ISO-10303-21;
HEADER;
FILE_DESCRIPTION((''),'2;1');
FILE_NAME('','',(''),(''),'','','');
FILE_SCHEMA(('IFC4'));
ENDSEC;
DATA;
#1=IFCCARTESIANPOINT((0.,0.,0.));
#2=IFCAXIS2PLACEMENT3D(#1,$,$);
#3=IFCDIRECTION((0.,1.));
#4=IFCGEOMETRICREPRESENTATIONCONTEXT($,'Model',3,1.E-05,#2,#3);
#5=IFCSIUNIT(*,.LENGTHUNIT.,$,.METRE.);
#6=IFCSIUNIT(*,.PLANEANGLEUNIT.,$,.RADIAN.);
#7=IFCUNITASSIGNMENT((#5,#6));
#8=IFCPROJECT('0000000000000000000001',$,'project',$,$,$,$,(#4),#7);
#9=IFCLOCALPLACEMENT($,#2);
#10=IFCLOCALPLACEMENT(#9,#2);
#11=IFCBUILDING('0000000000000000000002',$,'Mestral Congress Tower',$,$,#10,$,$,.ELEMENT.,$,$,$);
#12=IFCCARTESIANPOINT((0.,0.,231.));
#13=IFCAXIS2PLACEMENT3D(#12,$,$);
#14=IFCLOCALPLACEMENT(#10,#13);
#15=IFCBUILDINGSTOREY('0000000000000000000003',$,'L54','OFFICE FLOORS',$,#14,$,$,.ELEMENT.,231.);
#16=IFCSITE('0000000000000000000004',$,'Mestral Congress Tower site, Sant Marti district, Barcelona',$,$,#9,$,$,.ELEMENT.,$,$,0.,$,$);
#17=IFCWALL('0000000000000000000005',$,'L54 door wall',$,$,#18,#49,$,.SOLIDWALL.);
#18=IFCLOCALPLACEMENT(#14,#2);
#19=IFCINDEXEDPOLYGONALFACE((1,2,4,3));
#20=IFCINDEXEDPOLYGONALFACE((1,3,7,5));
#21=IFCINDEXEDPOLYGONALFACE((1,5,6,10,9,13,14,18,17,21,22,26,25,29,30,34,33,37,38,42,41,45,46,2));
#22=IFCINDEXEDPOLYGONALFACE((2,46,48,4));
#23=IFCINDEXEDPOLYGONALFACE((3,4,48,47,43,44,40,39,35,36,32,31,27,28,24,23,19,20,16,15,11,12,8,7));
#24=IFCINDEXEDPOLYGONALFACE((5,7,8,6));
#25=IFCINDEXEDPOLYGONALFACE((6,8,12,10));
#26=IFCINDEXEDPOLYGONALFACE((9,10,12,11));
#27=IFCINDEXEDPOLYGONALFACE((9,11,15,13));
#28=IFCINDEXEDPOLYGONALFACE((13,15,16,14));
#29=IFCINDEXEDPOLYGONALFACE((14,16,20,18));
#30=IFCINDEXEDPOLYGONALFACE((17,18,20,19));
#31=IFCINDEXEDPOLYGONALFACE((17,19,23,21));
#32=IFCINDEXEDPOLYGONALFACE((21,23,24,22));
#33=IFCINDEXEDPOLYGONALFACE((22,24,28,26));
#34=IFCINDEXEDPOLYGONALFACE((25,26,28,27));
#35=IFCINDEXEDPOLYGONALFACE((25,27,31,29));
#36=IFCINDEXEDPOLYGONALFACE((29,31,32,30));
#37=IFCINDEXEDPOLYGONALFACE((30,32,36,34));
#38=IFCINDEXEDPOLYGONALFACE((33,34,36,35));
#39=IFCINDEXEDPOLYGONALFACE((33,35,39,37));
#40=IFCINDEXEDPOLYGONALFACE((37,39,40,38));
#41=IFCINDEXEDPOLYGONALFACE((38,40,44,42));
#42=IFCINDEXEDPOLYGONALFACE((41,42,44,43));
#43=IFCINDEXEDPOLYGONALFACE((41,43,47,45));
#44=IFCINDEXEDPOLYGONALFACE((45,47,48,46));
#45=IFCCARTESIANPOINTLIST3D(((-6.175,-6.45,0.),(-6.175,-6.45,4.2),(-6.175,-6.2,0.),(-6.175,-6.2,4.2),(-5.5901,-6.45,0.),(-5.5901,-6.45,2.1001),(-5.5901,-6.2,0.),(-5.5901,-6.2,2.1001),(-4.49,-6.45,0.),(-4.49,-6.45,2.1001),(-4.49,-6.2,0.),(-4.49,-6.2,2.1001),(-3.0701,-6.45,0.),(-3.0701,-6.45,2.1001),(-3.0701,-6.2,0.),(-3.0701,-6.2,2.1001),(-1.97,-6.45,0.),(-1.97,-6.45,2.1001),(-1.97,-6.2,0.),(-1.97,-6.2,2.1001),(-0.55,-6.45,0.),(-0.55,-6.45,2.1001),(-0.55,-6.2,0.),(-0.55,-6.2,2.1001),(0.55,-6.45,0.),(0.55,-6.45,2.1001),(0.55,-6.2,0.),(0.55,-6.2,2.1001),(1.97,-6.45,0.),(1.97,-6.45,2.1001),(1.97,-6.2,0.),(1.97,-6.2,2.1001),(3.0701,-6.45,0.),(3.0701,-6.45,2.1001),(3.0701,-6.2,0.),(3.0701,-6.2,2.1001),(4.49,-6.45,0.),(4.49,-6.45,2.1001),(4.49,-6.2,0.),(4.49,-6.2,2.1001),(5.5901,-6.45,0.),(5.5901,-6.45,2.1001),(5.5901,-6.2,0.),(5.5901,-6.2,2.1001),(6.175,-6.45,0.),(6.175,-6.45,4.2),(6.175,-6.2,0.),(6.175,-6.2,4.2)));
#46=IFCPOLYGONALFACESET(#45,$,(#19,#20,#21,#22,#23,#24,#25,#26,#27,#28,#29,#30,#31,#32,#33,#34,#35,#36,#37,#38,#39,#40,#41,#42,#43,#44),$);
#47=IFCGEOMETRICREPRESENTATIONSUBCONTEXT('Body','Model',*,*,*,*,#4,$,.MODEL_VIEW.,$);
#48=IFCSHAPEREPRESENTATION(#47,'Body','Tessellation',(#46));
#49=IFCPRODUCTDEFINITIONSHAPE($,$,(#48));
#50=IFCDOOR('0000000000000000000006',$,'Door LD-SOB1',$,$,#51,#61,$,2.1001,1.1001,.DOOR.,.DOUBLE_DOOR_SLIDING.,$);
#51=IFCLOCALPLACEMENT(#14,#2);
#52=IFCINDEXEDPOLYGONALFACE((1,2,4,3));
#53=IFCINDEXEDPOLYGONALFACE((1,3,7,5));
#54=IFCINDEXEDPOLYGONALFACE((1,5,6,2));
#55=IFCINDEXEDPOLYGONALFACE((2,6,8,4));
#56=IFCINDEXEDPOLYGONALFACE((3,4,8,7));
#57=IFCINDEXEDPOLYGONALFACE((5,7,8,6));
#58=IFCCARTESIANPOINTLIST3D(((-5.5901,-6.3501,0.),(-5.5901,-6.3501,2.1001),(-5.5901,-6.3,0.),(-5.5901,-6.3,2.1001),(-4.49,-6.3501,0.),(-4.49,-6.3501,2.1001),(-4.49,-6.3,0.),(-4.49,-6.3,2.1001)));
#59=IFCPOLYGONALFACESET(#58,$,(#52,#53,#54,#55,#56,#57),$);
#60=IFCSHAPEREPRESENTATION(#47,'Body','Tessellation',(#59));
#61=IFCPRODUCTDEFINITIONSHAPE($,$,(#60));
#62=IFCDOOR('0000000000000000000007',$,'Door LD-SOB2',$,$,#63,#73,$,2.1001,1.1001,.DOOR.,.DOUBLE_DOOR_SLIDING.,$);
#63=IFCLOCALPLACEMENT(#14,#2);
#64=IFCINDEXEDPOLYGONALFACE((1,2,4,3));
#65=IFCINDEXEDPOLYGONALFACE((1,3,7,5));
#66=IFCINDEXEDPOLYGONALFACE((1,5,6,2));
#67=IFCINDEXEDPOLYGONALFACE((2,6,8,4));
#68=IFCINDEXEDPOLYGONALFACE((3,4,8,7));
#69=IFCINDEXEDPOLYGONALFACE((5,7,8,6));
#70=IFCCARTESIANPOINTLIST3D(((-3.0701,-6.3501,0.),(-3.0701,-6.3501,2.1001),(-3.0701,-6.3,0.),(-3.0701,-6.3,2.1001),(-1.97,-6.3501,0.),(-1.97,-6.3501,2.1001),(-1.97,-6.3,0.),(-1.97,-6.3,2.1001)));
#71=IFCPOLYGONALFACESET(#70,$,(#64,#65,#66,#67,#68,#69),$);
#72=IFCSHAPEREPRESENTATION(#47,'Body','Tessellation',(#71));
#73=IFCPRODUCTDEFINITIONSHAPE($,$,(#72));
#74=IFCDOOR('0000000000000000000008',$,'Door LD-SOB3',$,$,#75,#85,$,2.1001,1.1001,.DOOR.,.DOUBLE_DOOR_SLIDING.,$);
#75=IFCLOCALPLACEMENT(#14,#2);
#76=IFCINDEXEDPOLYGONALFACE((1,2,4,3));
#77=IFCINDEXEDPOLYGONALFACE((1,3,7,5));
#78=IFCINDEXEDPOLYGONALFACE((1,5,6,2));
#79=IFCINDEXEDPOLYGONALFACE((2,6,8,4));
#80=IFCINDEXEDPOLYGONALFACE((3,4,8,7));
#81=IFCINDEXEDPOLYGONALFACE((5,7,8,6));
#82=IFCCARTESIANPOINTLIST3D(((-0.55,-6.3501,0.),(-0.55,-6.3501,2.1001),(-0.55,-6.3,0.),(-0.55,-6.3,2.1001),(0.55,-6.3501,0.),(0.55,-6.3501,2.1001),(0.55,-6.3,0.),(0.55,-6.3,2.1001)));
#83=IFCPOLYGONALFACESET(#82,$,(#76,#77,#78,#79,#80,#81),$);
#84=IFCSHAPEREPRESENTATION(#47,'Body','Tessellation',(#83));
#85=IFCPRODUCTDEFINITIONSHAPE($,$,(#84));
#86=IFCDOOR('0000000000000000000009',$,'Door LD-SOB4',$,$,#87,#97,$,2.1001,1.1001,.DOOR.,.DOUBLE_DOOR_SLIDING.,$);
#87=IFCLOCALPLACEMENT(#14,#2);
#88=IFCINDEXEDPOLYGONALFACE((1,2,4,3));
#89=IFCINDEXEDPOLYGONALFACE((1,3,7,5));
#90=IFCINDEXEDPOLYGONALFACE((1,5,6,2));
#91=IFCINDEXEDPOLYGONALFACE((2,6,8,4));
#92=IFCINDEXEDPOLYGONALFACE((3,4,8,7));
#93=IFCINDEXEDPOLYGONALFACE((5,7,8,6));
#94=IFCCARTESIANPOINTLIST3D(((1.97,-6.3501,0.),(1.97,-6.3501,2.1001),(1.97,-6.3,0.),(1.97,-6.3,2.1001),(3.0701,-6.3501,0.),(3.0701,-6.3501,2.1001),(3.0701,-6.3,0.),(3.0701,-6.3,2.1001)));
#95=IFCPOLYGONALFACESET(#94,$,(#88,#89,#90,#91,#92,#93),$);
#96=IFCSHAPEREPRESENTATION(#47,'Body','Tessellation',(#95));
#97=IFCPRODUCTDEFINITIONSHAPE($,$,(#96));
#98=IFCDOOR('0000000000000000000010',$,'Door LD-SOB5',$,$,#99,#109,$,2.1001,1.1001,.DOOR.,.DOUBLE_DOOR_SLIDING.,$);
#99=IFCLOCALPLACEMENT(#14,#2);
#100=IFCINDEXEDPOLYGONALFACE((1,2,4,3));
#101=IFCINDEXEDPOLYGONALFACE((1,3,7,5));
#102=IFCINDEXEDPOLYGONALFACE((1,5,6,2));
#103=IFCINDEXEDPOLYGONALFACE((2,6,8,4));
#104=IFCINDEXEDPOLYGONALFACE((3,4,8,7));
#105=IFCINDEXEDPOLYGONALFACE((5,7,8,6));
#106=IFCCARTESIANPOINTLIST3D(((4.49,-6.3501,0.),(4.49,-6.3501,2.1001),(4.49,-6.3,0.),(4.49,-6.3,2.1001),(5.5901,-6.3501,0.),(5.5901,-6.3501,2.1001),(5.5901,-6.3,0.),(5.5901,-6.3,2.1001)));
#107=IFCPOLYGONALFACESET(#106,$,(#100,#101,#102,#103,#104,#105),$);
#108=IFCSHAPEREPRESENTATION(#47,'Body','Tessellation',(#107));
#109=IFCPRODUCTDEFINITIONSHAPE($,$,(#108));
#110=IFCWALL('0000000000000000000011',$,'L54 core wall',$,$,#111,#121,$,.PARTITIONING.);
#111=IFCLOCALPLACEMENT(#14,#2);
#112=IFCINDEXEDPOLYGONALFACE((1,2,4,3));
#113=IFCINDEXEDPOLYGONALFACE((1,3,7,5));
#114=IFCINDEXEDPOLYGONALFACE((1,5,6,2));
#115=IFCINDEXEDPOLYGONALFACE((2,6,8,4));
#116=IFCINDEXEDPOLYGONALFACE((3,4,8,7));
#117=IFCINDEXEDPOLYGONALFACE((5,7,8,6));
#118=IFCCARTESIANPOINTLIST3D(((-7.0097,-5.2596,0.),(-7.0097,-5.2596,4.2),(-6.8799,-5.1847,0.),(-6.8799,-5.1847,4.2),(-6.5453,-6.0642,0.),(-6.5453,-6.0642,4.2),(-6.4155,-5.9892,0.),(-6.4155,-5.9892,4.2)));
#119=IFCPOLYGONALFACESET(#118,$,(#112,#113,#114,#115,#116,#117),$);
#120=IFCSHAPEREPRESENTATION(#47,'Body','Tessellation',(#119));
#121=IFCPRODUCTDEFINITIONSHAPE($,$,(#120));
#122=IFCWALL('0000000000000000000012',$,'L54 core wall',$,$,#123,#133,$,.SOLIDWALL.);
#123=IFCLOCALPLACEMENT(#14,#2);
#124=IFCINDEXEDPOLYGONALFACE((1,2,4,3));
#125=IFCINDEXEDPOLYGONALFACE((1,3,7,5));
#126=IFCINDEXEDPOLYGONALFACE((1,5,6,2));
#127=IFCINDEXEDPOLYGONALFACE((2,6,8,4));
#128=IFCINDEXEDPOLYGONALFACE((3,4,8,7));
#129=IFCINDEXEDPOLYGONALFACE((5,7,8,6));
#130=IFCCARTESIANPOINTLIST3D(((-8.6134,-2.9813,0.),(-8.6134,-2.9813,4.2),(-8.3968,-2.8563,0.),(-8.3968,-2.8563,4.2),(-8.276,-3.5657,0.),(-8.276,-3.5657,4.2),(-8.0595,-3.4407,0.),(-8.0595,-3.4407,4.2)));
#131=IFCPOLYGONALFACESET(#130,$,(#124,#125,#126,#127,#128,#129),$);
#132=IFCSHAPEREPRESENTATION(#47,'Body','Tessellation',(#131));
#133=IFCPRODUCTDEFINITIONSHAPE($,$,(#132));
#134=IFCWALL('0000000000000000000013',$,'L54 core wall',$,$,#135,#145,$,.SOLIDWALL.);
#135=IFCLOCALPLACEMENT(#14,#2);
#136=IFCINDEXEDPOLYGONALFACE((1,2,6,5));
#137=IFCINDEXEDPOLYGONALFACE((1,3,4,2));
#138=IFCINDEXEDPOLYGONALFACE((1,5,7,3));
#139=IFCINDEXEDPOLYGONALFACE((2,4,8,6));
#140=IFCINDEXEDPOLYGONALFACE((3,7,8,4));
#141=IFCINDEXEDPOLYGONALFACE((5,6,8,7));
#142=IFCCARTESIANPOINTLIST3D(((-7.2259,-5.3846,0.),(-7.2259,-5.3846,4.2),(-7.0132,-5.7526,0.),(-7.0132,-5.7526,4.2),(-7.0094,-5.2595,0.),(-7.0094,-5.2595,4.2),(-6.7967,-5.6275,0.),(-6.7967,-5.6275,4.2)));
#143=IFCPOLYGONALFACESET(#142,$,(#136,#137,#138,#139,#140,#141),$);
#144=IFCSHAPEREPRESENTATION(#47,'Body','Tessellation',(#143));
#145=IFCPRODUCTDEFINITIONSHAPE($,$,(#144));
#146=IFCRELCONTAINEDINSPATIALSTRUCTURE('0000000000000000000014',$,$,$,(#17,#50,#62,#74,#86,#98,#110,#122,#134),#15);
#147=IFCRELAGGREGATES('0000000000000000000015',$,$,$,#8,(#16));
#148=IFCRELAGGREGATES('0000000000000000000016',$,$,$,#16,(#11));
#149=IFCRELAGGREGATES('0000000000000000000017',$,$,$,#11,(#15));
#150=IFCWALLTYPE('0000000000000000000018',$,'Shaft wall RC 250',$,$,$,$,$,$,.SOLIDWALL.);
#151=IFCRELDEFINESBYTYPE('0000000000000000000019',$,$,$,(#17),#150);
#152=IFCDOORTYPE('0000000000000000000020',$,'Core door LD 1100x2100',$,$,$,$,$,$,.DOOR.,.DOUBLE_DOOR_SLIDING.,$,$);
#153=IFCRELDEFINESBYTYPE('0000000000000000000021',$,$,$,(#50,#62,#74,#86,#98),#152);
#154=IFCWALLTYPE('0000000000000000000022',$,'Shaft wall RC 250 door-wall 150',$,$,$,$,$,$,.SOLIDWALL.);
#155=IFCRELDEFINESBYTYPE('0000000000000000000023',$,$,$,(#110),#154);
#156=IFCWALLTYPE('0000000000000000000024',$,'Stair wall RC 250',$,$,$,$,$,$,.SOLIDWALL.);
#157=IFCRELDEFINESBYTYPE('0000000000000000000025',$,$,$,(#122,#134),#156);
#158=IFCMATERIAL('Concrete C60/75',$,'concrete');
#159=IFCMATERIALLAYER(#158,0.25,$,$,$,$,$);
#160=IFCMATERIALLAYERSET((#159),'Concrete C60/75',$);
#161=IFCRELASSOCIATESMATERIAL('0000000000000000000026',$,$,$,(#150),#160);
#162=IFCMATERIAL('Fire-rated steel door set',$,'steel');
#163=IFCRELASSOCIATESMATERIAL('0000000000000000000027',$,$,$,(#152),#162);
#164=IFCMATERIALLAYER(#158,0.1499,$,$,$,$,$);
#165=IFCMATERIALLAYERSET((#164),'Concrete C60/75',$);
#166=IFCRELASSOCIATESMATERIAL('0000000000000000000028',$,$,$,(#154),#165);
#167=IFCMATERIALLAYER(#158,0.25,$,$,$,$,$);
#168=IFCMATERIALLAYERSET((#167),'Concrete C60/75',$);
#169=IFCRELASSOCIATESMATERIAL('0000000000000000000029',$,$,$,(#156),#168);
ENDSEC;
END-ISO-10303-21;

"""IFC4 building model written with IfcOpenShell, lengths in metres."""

from ifc_helpers import new_model, si_unit, direction, frame, frame_2d, origin, place, context, subcontext, project, spatial, rectangle, extrude, material, layer, layer_set, type_object, element, fill, save


model = new_model("IFC4")

# Units and contexts
model_context = context("Model", 3, precision=1e-05, world=origin(), true_north=direction((0.0, 1.0)))
body_context = subcontext(model_context, "Body", "Model", "MODEL_VIEW")
ifc_project = project(units=[si_unit("LENGTHUNIT", "METRE"), si_unit("PLANEANGLEUNIT", "RADIAN")], contexts=[model_context])

# Site, building, storey
site_placement = place(None, origin())
site = spatial("IfcSite", under=ifc_project, at=site_placement, Name="Mestral Congress Tower site, Sant Marti district, Barcelona", CompositionType="ELEMENT", RefElevation=0.0)
building_placement = place(site_placement, origin())
building = spatial("IfcBuilding", under=site, at=building_placement, Name="Mestral Congress Tower", CompositionType="ELEMENT")
storey_placement = place(building_placement, frame((0.0, 0.0, 231.0)))
storey = spatial("IfcBuildingStorey", under=building, at=storey_placement, Name="L54", Description="OFFICE FLOORS", CompositionType="ELEMENT", Elevation=231.0)

# Shared definitions
ifc_material_1 = material(Name="Fire-rated steel door set", Category="steel")

# Shared definitions
ifc_material_2 = material(Name="Concrete C60/75", Category="concrete")
ifc_layer_1 = layer(ifc_material_2, 0.25)
ifc_layer_set_1 = layer_set([ifc_layer_1], Name="Concrete C60/75")
wall_type_1 = type_object("IfcWallType", Name="Shaft wall RC 250", PredefinedType="SOLIDWALL", material=ifc_layer_set_1)

# Wall, openings, doors
wall_1_placement = place(storey_placement, frame((-6.175, -6.325, 0.0), z_axis=(0.0, 0.0, 1.0), x_axis=(1.0, 0.0, 0.0)))
wall_1 = element("IfcWall", 1, at=wall_1_placement, inside=storey, type_object=wall_type_1, Name="L54 door wall", PredefinedType="SOLIDWALL", context=body_context, shape_type="SweptSolid", body=[
    extrude(rectangle(XDim=12.3501, YDim=0.25, at=frame_2d((6.175, 0.0))), origin(), (0.0, 0.0, 1.0), 4.2),
])
opening_1_placement = place(wall_1_placement, frame((0.585, 0.0, 0.0)))
opening_1 = element("IfcOpeningElement", 2, at=opening_1_placement, cuts=wall_1, PredefinedType="OPENING", context=body_context, shape_type="SweptSolid", body=[
    extrude(rectangle(XDim=1.1001, YDim=2.1001, at=frame_2d((0.55, 1.05))), frame((0.0, 0.135, 0.0), z_axis=(0.0, -1.0, 0.0), x_axis=(1.0, 0.0, 0.0)), (0.0, 0.0, 1.0), 0.27),
])
opening_2_placement = place(wall_1_placement, frame((3.105, 0.0, 0.0)))
opening_2 = element("IfcOpeningElement", 3, at=opening_2_placement, cuts=wall_1, PredefinedType="OPENING", context=body_context, shape_type="SweptSolid", body=[
    extrude(rectangle(XDim=1.1001, YDim=2.1001, at=frame_2d((0.55, 1.05))), frame((0.0, 0.135, 0.0), z_axis=(0.0, -1.0, 0.0), x_axis=(1.0, 0.0, 0.0)), (0.0, 0.0, 1.0), 0.27),
])
opening_3_placement = place(wall_1_placement, frame((5.625, 0.0, 0.0)))
opening_3 = element("IfcOpeningElement", 4, at=opening_3_placement, cuts=wall_1, PredefinedType="OPENING", context=body_context, shape_type="SweptSolid", body=[
    extrude(rectangle(XDim=1.1001, YDim=2.1001, at=frame_2d((0.55, 1.05))), frame((0.0, 0.135, 0.0), z_axis=(0.0, -1.0, 0.0), x_axis=(1.0, 0.0, 0.0)), (0.0, 0.0, 1.0), 0.27),
])
opening_4_placement = place(wall_1_placement, frame((8.145, 0.0, 0.0)))
opening_4 = element("IfcOpeningElement", 5, at=opening_4_placement, cuts=wall_1, PredefinedType="OPENING", context=body_context, shape_type="SweptSolid", body=[
    extrude(rectangle(XDim=1.1001, YDim=2.1001, at=frame_2d((0.55, 1.05))), frame((0.0, 0.135, 0.0), z_axis=(0.0, -1.0, 0.0), x_axis=(1.0, 0.0, 0.0)), (0.0, 0.0, 1.0), 0.27),
])
opening_5_placement = place(wall_1_placement, frame((10.665, 0.0, 0.0)))
opening_5 = element("IfcOpeningElement", 6, at=opening_5_placement, cuts=wall_1, PredefinedType="OPENING", context=body_context, shape_type="SweptSolid", body=[
    extrude(rectangle(XDim=1.1001, YDim=2.1001, at=frame_2d((0.55, 1.05))), frame((0.0, 0.135, 0.0), z_axis=(0.0, -1.0, 0.0), x_axis=(1.0, 0.0, 0.0)), (0.0, 0.0, 1.0), 0.27),
])
door_type_1 = type_object("IfcDoorType", Name="Core door LD 1100x2100", OperationType="DOUBLE_DOOR_SLIDING", PredefinedType="DOOR", material=ifc_material_1)
door_1_placement = place(opening_1_placement, origin())
door_1 = element("IfcDoor", 7, at=door_1_placement, inside=storey, type_object=door_type_1, Name="Door LD-SOB1", OperationType="DOUBLE_DOOR_SLIDING", OverallHeight=2.1001, OverallWidth=1.1001, PredefinedType="DOOR", context=body_context, shape_type="SweptSolid", body=[
    extrude(rectangle(XDim=1.1001, YDim=2.1001, at=frame_2d((0.55, 1.05))), frame((0.0, 0.0249, 0.0), z_axis=(0.0, -1.0, 0.0), x_axis=(1.0, 0.0, 0.0)), (0.0, 0.0, 1.0), 0.05),
])
fill(opening_1, door_1)
door_2_placement = place(opening_2_placement, origin())
door_2 = element("IfcDoor", 8, at=door_2_placement, inside=storey, type_object=door_type_1, Name="Door LD-SOB2", OperationType="DOUBLE_DOOR_SLIDING", OverallHeight=2.1001, OverallWidth=1.1001, PredefinedType="DOOR", context=body_context, shape_type="SweptSolid", body=[
    extrude(rectangle(XDim=1.1001, YDim=2.1001, at=frame_2d((0.55, 1.05))), frame((0.0, 0.0249, 0.0), z_axis=(0.0, -1.0, 0.0), x_axis=(1.0, 0.0, 0.0)), (0.0, 0.0, 1.0), 0.05),
])
fill(opening_2, door_2)
door_3_placement = place(opening_3_placement, origin())
door_3 = element("IfcDoor", 9, at=door_3_placement, inside=storey, type_object=door_type_1, Name="Door LD-SOB3", OperationType="DOUBLE_DOOR_SLIDING", OverallHeight=2.1001, OverallWidth=1.1001, PredefinedType="DOOR", context=body_context, shape_type="SweptSolid", body=[
    extrude(rectangle(XDim=1.1001, YDim=2.1001, at=frame_2d((0.55, 1.05))), frame((0.0, 0.0249, 0.0), z_axis=(0.0, -1.0, 0.0), x_axis=(1.0, 0.0, 0.0)), (0.0, 0.0, 1.0), 0.05),
])
fill(opening_3, door_3)
door_4_placement = place(opening_4_placement, origin())
door_4 = element("IfcDoor", 10, at=door_4_placement, inside=storey, type_object=door_type_1, Name="Door LD-SOB4", OperationType="DOUBLE_DOOR_SLIDING", OverallHeight=2.1001, OverallWidth=1.1001, PredefinedType="DOOR", context=body_context, shape_type="SweptSolid", body=[
    extrude(rectangle(XDim=1.1001, YDim=2.1001, at=frame_2d((0.55, 1.05))), frame((0.0, 0.0249, 0.0), z_axis=(0.0, -1.0, 0.0), x_axis=(1.0, 0.0, 0.0)), (0.0, 0.0, 1.0), 0.05),
])
fill(opening_4, door_4)
door_5_placement = place(opening_5_placement, origin())
door_5 = element("IfcDoor", 11, at=door_5_placement, inside=storey, type_object=door_type_1, Name="Door LD-SOB5", OperationType="DOUBLE_DOOR_SLIDING", OverallHeight=2.1001, OverallWidth=1.1001, PredefinedType="DOOR", context=body_context, shape_type="SweptSolid", body=[
    extrude(rectangle(XDim=1.1001, YDim=2.1001, at=frame_2d((0.55, 1.05))), frame((0.0, 0.0249, 0.0), z_axis=(0.0, -1.0, 0.0), x_axis=(1.0, 0.0, 0.0)), (0.0, 0.0, 1.0), 0.05),
])
fill(opening_5, door_5)

# Walls
ifc_layer_2 = layer(ifc_material_2, 0.1499)
ifc_layer_set_2 = layer_set([ifc_layer_2], Name="Concrete C60/75")
wall_type_2 = type_object("IfcWallType", Name="Shaft wall RC 250 door-wall 150", PredefinedType="SOLIDWALL", material=ifc_layer_set_2)
wall_2_placement = place(storey_placement, frame((-6.4805, -6.0266, 0.0), z_axis=(0.0, 0.0, 1.0), x_axis=(-0.499927, 0.866067, 0.0)))
element("IfcWall", 12, at=wall_2_placement, inside=storey, type_object=wall_type_2, Name="L54 core wall", PredefinedType="PARTITIONING", context=body_context, shape_type="SweptSolid", body=[
    extrude(rectangle(XDim=0.929, YDim=0.1499, at=frame_2d((0.4644, 0.0))), origin(), (0.0, 0.0, 1.0), 4.2),
])
ifc_layer_3 = layer(ifc_material_2, 0.25)
ifc_layer_set_3 = layer_set([ifc_layer_3], Name="Concrete C60/75")
wall_type_3 = type_object("IfcWallType", Name="Stair wall RC 250", PredefinedType="SOLIDWALL", material=ifc_layer_set_3)
wall_3_placement = place(storey_placement, frame((-8.1677, -3.5032, 0.0), z_axis=(0.0, 0.0, 1.0), x_axis=(-0.499952, 0.866053, 0.0)))
element("IfcWall", 13, at=wall_3_placement, inside=storey, type_object=wall_type_3, Name="L54 core wall", PredefinedType="SOLIDWALL", context=body_context, shape_type="SweptSolid", body=[
    extrude(rectangle(XDim=0.6748, YDim=0.25, at=frame_2d((0.3374, 0.0))), origin(), (0.0, 0.0, 1.0), 4.2),
])
wall_4_placement = place(storey_placement, frame((-6.905, -5.6899, 0.0), z_axis=(0.0, 0.0, 1.0), x_axis=(-0.500402, 0.865793, 0.0)))
element("IfcWall", 14, at=wall_4_placement, inside=storey, type_object=wall_type_3, Name="L54 core wall", PredefinedType="SOLIDWALL", context=body_context, shape_type="SweptSolid", body=[
    extrude(rectangle(XDim=0.425, YDim=0.25, at=frame_2d((0.2124, 0.0))), origin(), (0.0, 0.0, 1.0), 4.2),
])

save(model, "model.ifc")
